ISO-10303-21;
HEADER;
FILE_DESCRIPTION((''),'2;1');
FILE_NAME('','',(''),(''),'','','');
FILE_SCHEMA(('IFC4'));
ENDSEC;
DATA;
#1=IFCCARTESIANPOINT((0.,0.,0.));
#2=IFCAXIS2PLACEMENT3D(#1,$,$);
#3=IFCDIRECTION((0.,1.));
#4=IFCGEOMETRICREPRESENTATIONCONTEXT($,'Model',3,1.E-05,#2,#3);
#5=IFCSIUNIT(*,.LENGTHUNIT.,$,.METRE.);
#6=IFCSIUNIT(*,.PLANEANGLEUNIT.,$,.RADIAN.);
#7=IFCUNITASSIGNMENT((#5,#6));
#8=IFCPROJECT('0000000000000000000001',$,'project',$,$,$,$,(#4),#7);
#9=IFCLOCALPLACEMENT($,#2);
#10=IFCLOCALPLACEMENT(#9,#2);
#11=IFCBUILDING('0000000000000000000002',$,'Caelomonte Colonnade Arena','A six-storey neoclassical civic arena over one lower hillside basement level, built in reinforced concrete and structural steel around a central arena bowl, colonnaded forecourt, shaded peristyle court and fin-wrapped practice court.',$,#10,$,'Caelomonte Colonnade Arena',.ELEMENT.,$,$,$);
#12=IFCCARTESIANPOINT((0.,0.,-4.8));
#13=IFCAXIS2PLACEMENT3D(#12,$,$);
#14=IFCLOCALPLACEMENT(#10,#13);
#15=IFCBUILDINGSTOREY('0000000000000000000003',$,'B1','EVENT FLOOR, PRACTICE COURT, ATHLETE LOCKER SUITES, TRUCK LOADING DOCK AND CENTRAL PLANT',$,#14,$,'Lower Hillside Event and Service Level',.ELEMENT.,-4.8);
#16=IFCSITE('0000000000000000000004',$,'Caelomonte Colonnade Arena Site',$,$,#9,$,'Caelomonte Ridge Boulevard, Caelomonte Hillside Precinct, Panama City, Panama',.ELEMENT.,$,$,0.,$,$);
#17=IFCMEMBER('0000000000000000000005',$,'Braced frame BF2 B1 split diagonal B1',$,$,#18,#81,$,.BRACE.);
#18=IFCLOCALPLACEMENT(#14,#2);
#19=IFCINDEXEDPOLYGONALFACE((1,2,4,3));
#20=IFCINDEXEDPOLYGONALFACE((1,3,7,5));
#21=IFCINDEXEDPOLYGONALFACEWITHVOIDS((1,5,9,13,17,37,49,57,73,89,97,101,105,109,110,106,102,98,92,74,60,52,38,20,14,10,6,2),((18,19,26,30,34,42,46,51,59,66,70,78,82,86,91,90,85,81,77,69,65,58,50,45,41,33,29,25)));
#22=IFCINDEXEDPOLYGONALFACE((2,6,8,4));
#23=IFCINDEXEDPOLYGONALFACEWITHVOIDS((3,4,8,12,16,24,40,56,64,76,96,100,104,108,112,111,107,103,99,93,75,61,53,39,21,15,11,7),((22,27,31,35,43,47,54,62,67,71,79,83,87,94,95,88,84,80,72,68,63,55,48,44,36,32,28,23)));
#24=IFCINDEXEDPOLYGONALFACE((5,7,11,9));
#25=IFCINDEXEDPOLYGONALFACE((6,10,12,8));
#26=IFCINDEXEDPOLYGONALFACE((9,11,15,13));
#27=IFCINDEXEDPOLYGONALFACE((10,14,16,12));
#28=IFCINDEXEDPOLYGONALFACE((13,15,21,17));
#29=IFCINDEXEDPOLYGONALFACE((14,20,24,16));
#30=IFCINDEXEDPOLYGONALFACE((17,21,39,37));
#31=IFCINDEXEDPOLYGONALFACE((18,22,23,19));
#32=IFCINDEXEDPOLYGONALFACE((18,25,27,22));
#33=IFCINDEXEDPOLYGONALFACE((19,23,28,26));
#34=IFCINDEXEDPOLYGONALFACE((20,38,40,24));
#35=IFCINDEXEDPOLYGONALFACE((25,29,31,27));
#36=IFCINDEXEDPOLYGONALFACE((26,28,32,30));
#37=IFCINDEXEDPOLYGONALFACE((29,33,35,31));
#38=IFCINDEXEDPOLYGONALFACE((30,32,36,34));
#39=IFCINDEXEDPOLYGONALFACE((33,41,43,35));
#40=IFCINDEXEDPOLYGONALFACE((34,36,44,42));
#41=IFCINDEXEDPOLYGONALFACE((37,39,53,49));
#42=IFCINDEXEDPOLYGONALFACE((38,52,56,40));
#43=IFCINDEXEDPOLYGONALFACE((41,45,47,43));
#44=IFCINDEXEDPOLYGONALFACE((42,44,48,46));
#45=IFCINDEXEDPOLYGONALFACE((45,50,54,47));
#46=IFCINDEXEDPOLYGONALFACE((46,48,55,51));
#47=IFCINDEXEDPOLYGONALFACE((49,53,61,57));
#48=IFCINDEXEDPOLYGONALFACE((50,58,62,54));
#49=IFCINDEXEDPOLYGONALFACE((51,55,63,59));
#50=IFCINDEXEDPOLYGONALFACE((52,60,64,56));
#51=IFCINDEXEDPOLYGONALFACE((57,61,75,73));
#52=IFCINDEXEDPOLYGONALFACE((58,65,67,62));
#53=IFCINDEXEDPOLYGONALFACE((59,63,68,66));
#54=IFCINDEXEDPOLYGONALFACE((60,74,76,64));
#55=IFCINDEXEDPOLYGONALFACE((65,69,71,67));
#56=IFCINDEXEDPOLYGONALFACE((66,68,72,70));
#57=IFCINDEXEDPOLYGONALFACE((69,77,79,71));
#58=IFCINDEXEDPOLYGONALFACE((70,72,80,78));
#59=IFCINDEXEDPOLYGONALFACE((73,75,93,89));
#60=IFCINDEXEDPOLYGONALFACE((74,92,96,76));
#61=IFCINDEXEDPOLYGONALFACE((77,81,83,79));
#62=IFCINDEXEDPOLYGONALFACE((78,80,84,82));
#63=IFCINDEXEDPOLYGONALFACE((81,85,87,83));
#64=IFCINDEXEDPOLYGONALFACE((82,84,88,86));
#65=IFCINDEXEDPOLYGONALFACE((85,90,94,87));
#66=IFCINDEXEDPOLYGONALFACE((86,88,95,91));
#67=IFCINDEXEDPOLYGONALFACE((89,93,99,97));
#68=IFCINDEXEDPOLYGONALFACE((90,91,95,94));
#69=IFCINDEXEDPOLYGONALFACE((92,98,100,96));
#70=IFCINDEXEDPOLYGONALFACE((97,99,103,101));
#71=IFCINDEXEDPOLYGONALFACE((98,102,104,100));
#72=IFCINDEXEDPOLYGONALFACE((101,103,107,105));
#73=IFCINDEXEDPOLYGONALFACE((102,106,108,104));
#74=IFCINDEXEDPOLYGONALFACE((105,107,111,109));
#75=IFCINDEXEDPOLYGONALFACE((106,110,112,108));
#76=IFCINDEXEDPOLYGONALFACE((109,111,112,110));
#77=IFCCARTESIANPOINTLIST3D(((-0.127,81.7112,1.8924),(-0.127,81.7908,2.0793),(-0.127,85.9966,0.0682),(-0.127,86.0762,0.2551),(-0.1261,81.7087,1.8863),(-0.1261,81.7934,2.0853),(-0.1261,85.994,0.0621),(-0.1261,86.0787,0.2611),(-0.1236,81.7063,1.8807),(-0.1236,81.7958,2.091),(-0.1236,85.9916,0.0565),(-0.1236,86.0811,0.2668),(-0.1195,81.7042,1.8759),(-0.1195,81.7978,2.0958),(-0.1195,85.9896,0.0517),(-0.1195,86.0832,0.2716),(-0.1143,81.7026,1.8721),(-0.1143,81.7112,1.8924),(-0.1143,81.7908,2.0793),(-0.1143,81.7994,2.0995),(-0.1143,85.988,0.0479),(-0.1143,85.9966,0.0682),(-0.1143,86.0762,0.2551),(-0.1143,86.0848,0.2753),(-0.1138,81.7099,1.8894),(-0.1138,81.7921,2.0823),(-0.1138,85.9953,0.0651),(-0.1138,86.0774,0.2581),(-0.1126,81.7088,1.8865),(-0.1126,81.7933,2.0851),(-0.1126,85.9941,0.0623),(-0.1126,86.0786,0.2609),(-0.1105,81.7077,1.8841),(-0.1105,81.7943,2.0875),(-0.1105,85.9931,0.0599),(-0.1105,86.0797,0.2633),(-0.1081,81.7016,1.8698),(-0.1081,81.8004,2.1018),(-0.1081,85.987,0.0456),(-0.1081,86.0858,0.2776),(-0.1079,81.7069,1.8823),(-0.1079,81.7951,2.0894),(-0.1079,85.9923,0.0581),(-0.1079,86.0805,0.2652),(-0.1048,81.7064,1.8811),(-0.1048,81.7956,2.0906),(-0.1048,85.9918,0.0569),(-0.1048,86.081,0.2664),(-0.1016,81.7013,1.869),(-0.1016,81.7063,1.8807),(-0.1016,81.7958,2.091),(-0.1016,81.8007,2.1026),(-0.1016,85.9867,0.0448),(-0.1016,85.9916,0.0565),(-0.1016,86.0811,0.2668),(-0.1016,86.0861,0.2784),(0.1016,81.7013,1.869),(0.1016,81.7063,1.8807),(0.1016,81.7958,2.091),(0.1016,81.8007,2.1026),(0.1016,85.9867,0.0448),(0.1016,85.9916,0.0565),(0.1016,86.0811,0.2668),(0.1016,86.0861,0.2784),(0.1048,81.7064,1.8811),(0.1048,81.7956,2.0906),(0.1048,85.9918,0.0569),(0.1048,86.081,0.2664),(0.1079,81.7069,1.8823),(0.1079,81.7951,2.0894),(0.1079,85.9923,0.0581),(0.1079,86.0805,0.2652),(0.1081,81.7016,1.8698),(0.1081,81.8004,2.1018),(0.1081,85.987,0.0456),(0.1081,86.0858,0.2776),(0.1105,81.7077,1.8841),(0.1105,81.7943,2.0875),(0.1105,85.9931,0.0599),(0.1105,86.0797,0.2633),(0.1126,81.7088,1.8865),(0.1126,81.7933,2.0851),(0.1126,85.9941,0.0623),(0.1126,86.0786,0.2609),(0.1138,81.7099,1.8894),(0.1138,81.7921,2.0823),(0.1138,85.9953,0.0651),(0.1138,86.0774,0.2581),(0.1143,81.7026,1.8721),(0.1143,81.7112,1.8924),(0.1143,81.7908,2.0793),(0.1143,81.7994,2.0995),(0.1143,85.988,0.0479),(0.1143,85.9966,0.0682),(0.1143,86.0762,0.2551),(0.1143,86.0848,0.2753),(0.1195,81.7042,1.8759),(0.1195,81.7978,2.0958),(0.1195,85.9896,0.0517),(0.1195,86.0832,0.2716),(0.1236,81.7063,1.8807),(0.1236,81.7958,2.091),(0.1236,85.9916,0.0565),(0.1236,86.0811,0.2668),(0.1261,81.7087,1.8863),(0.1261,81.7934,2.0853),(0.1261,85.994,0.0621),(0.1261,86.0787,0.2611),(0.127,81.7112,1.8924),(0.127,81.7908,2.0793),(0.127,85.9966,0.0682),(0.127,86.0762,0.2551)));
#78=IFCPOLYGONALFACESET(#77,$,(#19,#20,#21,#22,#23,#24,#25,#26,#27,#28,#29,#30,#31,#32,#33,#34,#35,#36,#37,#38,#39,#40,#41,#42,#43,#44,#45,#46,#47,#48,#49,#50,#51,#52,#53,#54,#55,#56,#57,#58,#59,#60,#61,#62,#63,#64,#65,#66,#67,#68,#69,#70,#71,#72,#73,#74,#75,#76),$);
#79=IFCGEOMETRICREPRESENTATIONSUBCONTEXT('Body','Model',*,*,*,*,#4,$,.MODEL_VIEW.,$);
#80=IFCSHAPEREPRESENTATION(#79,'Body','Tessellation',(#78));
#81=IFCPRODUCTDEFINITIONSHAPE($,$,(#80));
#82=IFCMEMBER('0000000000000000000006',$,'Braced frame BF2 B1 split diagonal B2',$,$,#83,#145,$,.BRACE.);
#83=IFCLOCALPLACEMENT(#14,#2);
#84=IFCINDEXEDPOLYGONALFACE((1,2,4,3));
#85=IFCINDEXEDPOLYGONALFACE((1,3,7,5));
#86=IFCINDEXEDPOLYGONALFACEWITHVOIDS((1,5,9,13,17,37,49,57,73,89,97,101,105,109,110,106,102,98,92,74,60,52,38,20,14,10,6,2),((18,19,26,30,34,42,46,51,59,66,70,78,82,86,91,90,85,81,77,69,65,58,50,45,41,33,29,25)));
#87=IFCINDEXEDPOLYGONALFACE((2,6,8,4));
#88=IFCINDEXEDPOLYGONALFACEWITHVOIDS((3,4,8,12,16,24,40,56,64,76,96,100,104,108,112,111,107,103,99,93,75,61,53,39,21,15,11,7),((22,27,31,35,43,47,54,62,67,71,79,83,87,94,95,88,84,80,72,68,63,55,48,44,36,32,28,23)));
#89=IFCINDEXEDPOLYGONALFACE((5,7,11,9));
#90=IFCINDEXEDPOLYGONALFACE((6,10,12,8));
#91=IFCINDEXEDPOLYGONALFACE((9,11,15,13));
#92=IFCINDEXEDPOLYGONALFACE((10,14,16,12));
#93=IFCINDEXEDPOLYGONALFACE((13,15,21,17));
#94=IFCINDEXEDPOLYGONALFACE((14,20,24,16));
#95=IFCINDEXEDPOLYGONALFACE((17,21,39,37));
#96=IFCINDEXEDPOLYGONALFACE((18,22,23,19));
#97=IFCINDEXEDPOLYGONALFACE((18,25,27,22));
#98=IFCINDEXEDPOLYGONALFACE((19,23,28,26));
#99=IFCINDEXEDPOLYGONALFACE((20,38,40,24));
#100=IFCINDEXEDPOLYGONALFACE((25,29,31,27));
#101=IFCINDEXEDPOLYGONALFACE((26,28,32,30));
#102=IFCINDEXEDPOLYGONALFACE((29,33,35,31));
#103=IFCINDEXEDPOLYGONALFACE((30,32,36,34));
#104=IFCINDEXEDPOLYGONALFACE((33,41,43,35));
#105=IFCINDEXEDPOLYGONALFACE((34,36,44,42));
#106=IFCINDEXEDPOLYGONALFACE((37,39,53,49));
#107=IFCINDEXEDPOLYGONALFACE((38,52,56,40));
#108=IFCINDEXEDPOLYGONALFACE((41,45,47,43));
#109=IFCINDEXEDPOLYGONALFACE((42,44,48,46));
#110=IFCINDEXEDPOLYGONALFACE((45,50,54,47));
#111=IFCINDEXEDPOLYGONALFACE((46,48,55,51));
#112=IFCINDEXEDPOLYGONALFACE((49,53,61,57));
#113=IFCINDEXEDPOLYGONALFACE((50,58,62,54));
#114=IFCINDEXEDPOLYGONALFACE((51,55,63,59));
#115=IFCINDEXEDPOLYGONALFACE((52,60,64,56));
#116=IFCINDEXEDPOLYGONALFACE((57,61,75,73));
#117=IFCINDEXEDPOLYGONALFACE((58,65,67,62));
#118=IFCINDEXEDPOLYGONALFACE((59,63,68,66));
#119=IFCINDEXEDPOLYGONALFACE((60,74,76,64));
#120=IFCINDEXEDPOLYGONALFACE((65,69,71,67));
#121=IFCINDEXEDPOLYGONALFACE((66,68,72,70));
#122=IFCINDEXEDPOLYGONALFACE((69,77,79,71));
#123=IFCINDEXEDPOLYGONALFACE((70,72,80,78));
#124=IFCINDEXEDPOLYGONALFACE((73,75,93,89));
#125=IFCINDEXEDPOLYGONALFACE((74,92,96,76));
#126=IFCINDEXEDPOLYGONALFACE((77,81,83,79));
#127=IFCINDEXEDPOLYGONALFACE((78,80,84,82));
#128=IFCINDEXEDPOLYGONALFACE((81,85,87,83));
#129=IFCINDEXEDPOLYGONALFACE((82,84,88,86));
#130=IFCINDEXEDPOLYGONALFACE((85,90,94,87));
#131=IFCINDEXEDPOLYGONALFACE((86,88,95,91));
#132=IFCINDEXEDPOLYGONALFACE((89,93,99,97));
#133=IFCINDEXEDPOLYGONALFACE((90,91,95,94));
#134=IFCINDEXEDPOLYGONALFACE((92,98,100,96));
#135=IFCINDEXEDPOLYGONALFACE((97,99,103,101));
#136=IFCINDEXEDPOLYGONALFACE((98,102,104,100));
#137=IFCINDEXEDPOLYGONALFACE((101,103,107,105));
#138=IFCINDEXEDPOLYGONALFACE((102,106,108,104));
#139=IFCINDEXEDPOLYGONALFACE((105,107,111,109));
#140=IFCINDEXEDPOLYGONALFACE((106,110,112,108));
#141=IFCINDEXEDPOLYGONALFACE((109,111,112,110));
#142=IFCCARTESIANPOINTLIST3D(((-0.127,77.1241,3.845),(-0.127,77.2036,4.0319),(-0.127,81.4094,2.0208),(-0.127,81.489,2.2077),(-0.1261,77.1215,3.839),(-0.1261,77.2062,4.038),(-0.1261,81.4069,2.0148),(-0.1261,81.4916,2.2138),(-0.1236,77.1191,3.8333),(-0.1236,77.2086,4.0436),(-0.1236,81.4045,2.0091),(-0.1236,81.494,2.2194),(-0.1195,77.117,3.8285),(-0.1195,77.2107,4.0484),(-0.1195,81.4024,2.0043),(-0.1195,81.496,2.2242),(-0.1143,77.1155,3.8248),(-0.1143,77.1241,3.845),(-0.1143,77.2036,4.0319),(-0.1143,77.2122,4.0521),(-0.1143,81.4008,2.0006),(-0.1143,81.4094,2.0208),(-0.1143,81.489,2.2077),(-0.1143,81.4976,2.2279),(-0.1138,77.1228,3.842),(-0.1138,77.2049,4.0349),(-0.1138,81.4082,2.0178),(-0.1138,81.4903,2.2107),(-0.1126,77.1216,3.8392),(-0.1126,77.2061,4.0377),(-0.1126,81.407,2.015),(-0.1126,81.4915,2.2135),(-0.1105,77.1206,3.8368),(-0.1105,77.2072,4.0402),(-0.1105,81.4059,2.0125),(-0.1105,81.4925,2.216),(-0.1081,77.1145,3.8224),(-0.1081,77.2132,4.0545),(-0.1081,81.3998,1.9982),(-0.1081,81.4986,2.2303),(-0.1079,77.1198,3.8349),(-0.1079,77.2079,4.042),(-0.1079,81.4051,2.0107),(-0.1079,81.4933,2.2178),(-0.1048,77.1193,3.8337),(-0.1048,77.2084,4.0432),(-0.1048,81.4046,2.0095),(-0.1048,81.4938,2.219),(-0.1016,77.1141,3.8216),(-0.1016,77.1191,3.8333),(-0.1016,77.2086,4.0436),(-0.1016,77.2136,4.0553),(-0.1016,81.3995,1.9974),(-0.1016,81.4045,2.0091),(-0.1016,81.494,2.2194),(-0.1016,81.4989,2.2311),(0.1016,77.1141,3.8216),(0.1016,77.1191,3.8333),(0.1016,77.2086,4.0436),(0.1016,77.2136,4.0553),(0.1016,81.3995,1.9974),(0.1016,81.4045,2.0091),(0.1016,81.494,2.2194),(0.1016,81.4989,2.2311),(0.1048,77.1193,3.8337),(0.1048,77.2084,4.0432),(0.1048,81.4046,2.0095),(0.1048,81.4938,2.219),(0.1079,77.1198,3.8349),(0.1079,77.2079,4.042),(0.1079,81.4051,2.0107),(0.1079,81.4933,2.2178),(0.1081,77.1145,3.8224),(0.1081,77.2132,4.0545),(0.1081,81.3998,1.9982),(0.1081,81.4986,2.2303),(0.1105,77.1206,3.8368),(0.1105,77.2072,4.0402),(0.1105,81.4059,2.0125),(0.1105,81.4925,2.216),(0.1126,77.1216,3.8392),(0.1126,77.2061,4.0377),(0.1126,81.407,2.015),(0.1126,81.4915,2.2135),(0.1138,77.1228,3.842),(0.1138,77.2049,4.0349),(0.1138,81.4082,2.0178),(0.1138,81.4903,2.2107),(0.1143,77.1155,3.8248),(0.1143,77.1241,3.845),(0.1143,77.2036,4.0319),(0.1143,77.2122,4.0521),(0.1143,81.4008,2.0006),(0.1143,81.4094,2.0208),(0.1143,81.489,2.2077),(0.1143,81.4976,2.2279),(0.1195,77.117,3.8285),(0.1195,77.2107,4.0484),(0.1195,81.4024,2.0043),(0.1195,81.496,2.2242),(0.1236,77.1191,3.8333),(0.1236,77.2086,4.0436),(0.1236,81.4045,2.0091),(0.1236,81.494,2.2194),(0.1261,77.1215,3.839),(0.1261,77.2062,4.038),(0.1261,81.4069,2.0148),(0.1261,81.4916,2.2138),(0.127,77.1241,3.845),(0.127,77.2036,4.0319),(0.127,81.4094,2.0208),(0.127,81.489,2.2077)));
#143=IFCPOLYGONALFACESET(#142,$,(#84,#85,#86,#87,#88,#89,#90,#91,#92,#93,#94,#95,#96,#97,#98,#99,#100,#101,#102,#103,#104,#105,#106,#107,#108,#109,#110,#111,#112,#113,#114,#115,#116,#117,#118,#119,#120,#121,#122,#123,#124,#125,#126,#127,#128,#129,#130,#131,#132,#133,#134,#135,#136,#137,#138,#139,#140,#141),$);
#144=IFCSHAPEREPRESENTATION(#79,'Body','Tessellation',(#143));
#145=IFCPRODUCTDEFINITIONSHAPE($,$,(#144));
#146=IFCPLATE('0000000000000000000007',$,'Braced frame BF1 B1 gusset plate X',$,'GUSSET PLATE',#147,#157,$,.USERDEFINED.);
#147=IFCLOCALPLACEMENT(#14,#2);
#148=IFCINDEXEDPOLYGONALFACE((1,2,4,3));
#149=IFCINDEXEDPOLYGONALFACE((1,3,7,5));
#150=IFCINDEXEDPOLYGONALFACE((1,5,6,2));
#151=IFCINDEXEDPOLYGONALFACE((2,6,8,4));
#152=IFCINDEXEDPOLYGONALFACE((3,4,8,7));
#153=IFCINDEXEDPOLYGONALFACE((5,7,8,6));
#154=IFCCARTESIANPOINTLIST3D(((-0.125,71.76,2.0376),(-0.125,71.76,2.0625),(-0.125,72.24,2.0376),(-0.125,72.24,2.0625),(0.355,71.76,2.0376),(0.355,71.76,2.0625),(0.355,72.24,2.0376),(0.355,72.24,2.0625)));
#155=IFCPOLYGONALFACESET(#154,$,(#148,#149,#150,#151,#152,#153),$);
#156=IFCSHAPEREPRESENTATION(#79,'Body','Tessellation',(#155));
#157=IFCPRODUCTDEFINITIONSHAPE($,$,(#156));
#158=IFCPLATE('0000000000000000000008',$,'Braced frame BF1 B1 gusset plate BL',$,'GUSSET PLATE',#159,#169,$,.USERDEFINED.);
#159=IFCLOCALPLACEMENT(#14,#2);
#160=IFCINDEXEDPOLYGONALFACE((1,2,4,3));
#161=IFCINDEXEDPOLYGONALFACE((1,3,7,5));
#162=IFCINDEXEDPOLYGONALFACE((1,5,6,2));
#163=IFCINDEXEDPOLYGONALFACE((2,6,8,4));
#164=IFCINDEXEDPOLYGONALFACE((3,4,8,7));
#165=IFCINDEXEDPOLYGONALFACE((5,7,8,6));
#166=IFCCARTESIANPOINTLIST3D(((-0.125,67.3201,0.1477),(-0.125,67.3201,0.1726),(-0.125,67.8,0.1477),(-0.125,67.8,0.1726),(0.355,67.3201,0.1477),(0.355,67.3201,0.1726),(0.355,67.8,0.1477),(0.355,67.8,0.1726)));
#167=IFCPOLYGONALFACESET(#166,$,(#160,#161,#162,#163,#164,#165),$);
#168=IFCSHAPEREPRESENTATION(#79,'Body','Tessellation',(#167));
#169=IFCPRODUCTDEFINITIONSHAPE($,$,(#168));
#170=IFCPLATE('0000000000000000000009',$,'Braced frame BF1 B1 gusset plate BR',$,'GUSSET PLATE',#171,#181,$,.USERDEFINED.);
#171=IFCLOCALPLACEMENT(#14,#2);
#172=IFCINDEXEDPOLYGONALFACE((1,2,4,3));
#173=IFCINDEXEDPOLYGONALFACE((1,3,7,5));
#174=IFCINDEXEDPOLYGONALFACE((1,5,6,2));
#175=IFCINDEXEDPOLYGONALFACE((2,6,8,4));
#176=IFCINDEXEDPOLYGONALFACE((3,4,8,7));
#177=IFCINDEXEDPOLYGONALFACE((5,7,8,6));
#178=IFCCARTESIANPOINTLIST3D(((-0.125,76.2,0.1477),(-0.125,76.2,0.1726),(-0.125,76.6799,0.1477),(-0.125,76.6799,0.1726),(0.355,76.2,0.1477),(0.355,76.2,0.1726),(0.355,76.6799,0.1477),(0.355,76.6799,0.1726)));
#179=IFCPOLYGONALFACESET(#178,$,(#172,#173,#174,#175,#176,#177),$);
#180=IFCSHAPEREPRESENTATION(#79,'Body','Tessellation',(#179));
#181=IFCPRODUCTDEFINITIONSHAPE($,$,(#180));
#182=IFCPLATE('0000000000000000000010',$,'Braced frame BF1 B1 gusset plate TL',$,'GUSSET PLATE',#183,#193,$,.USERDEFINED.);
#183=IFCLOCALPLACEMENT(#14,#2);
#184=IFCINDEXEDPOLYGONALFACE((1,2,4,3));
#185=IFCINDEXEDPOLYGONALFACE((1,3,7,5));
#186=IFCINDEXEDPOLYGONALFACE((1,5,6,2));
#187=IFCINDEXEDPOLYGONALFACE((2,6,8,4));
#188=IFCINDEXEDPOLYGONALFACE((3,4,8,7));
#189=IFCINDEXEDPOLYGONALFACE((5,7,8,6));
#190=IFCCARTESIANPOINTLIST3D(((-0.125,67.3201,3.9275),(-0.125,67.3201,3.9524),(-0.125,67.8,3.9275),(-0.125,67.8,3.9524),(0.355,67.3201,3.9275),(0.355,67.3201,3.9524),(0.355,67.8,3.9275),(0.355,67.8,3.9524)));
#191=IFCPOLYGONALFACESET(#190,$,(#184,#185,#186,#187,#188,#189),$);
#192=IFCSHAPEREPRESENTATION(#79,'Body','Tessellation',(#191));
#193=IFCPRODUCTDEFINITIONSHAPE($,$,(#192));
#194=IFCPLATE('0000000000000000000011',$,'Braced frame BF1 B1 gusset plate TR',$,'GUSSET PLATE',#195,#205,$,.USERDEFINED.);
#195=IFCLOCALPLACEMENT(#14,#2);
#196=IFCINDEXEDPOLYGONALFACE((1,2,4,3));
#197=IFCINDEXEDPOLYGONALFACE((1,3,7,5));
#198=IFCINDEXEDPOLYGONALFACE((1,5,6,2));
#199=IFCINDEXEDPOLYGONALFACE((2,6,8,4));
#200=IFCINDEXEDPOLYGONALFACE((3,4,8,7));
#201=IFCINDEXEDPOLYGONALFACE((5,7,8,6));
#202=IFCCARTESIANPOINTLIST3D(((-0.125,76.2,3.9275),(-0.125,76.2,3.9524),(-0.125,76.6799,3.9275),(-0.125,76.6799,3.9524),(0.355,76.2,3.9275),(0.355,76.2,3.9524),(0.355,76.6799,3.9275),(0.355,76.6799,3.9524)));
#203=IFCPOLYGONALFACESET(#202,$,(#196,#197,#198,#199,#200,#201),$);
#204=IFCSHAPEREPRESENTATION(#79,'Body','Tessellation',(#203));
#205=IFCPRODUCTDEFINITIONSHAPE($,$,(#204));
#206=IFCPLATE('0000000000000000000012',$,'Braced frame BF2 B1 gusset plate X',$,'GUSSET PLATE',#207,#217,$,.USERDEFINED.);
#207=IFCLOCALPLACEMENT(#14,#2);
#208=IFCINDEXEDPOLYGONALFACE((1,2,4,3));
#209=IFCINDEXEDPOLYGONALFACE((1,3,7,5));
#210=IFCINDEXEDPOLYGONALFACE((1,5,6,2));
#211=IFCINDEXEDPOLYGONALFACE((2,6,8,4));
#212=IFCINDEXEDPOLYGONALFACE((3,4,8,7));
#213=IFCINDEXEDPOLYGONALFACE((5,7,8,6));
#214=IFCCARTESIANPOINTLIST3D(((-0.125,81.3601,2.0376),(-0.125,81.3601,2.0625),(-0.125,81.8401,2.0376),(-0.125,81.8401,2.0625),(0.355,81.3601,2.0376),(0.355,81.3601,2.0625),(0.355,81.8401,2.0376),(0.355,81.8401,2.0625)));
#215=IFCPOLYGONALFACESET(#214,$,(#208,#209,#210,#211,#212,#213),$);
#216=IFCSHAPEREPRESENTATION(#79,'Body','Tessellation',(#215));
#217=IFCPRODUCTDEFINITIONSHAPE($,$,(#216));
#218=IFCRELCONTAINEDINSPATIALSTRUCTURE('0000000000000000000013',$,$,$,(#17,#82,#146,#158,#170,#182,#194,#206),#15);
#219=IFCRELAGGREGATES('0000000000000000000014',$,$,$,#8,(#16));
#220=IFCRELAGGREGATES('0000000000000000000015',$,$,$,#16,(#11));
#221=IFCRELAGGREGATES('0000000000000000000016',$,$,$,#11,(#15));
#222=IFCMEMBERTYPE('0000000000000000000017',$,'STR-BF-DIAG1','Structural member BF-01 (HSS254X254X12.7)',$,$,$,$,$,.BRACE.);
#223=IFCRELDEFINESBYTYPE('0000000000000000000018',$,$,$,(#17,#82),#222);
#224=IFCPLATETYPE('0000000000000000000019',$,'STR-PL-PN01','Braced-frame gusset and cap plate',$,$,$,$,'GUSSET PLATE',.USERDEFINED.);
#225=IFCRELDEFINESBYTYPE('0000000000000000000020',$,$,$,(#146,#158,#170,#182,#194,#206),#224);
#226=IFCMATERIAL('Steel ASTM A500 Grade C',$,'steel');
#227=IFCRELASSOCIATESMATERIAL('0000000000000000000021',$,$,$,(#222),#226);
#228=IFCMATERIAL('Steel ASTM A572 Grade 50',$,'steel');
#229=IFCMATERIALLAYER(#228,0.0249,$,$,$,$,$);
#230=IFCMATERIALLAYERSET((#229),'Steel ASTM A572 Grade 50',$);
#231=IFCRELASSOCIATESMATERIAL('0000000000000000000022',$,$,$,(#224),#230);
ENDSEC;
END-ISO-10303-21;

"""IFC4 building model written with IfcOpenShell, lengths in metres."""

from ifc_helpers import new_model, si_unit, direction, frame, origin, origin_2d, place, context, subcontext, project, spatial, rectangle, hollow_rectangle, extrude, material, layer, layer_set, material_profile, profile_set, type_object, element, save


model = new_model("IFC4")

# Units and contexts
model_context = context("Model", 3, precision=1e-05, world=origin(), true_north=direction((0.0, 1.0)))
body_context = subcontext(model_context, "Body", "Model", "MODEL_VIEW")
ifc_project = project(units=[si_unit("LENGTHUNIT", "METRE"), si_unit("PLANEANGLEUNIT", "RADIAN")], contexts=[model_context])

# Site, building, storey
site_placement = place(None, origin())
site = spatial("IfcSite", under=ifc_project, at=site_placement, Name="Caelomonte Colonnade Arena Site", LongName="Caelomonte Ridge Boulevard, Caelomonte Hillside Precinct, Panama City, Panama", CompositionType="ELEMENT", RefElevation=0.0)
building_placement = place(site_placement, origin())
building = spatial("IfcBuilding", under=site, at=building_placement, Name="Caelomonte Colonnade Arena", Description="A six-storey neoclassical civic arena over one lower hillside basement level, built in reinforced concrete and structural steel around a central arena bowl, colonnaded forecourt, shaded peristyle court and fin-wrapped practice court.", LongName="Caelomonte Colonnade Arena", CompositionType="ELEMENT")
storey_placement = place(building_placement, frame((0.0, 0.0, -4.8)))
storey = spatial("IfcBuildingStorey", under=building, at=storey_placement, Name="B1", Description="EVENT FLOOR, PRACTICE COURT, ATHLETE LOCKER SUITES, TRUCK LOADING DOCK AND CENTRAL PLANT", LongName="Lower Hillside Event and Service Level", CompositionType="ELEMENT", Elevation=-4.8)

# Members
ifc_material_1 = material(Name="Steel ASTM A500 Grade C", Category="steel")
ifc_material_profile_1 = material_profile(ifc_material_1, hollow_rectangle(XDim=0.2539, YDim=0.2539, WallThickness=0.0127, InnerFilletRadius=0.0127, OuterFilletRadius=0.0254, at=origin_2d()), Name="HSS254X254X12.7")
ifc_profile_set_1 = profile_set([ifc_material_profile_1], Name="Steel ASTM A500 Grade C")
member_type = type_object("IfcMemberType", Name="STR-BF-DIAG1", Description="Structural member BF-01 (HSS254X254X12.7)", PredefinedType="BRACE", material=ifc_profile_set_1)
for number, where, z_axis, x_axis, name in (
    (1, (0.0, 86.0364, 0.1616), (0.0, -0.920105, 0.391672), (1.0, 0.0, 0.0), "Braced frame BF2 B1 split diagonal B1"),
    (2, (0.0, 81.4492, 2.1143), (0.0, -0.920105, 0.391672), (1.0, 0.0, 0.0), "Braced frame BF2 B1 split diagonal B2"),
):
    element("IfcMember", number, at=place(storey_placement, frame(where, z_axis=z_axis, x_axis=x_axis)), inside=storey, type_object=member_type, Name=name, PredefinedType="BRACE", context=body_context, shape_type="SweptSolid", body=[
        extrude(hollow_rectangle(XDim=0.2539, YDim=0.2539, WallThickness=0.0127, InnerFilletRadius=0.0127, OuterFilletRadius=0.0254, at=origin_2d()), origin(), (0.0, 0.0, 1.0), 4.6575),
    ])

# Plates
ifc_material_2 = material(Name="Steel ASTM A572 Grade 50", Category="steel")
ifc_layer_1 = layer(ifc_material_2, 0.0249)
ifc_layer_set_1 = layer_set([ifc_layer_1], Name="Steel ASTM A572 Grade 50")
plate_type = type_object("IfcPlateType", Name="STR-PL-PN01", Description="Braced-frame gusset and cap plate", ElementType="GUSSET PLATE", PredefinedType="USERDEFINED", material=ifc_layer_set_1)
for number, where, z_axis, x_axis, name in (
    (3, (0.115, 72.0, 2.0376), (0.0, 0.0, 1.0), (1.0, 0.0, 0.0), "Braced frame BF1 B1 gusset plate X"),
    (4, (0.115, 67.5601, 0.1477), (0.0, 0.0, 1.0), (1.0, 0.0, 0.0), "Braced frame BF1 B1 gusset plate BL"),
    (5, (0.115, 76.4399, 0.1477), (0.0, 0.0, 1.0), (1.0, 0.0, 0.0), "Braced frame BF1 B1 gusset plate BR"),
    (6, (0.115, 67.5601, 3.9275), (0.0, 0.0, 1.0), (1.0, 0.0, 0.0), "Braced frame BF1 B1 gusset plate TL"),
    (7, (0.115, 76.4399, 3.9275), (0.0, 0.0, 1.0), (1.0, 0.0, 0.0), "Braced frame BF1 B1 gusset plate TR"),
    (8, (0.115, 81.6001, 2.0376), (0.0, 0.0, 1.0), (1.0, 0.0, 0.0), "Braced frame BF2 B1 gusset plate X"),
):
    element("IfcPlate", number, at=place(storey_placement, frame(where, z_axis=z_axis, x_axis=x_axis)), inside=storey, type_object=plate_type, Name=name, ObjectType="GUSSET PLATE", PredefinedType="USERDEFINED", context=body_context, shape_type="SweptSolid", body=[
        extrude(rectangle(XDim=0.48, YDim=0.48, at=origin_2d()), origin(), (0.0, 0.0, 1.0), 0.0249),
    ])

save(model, "model.ifc")
